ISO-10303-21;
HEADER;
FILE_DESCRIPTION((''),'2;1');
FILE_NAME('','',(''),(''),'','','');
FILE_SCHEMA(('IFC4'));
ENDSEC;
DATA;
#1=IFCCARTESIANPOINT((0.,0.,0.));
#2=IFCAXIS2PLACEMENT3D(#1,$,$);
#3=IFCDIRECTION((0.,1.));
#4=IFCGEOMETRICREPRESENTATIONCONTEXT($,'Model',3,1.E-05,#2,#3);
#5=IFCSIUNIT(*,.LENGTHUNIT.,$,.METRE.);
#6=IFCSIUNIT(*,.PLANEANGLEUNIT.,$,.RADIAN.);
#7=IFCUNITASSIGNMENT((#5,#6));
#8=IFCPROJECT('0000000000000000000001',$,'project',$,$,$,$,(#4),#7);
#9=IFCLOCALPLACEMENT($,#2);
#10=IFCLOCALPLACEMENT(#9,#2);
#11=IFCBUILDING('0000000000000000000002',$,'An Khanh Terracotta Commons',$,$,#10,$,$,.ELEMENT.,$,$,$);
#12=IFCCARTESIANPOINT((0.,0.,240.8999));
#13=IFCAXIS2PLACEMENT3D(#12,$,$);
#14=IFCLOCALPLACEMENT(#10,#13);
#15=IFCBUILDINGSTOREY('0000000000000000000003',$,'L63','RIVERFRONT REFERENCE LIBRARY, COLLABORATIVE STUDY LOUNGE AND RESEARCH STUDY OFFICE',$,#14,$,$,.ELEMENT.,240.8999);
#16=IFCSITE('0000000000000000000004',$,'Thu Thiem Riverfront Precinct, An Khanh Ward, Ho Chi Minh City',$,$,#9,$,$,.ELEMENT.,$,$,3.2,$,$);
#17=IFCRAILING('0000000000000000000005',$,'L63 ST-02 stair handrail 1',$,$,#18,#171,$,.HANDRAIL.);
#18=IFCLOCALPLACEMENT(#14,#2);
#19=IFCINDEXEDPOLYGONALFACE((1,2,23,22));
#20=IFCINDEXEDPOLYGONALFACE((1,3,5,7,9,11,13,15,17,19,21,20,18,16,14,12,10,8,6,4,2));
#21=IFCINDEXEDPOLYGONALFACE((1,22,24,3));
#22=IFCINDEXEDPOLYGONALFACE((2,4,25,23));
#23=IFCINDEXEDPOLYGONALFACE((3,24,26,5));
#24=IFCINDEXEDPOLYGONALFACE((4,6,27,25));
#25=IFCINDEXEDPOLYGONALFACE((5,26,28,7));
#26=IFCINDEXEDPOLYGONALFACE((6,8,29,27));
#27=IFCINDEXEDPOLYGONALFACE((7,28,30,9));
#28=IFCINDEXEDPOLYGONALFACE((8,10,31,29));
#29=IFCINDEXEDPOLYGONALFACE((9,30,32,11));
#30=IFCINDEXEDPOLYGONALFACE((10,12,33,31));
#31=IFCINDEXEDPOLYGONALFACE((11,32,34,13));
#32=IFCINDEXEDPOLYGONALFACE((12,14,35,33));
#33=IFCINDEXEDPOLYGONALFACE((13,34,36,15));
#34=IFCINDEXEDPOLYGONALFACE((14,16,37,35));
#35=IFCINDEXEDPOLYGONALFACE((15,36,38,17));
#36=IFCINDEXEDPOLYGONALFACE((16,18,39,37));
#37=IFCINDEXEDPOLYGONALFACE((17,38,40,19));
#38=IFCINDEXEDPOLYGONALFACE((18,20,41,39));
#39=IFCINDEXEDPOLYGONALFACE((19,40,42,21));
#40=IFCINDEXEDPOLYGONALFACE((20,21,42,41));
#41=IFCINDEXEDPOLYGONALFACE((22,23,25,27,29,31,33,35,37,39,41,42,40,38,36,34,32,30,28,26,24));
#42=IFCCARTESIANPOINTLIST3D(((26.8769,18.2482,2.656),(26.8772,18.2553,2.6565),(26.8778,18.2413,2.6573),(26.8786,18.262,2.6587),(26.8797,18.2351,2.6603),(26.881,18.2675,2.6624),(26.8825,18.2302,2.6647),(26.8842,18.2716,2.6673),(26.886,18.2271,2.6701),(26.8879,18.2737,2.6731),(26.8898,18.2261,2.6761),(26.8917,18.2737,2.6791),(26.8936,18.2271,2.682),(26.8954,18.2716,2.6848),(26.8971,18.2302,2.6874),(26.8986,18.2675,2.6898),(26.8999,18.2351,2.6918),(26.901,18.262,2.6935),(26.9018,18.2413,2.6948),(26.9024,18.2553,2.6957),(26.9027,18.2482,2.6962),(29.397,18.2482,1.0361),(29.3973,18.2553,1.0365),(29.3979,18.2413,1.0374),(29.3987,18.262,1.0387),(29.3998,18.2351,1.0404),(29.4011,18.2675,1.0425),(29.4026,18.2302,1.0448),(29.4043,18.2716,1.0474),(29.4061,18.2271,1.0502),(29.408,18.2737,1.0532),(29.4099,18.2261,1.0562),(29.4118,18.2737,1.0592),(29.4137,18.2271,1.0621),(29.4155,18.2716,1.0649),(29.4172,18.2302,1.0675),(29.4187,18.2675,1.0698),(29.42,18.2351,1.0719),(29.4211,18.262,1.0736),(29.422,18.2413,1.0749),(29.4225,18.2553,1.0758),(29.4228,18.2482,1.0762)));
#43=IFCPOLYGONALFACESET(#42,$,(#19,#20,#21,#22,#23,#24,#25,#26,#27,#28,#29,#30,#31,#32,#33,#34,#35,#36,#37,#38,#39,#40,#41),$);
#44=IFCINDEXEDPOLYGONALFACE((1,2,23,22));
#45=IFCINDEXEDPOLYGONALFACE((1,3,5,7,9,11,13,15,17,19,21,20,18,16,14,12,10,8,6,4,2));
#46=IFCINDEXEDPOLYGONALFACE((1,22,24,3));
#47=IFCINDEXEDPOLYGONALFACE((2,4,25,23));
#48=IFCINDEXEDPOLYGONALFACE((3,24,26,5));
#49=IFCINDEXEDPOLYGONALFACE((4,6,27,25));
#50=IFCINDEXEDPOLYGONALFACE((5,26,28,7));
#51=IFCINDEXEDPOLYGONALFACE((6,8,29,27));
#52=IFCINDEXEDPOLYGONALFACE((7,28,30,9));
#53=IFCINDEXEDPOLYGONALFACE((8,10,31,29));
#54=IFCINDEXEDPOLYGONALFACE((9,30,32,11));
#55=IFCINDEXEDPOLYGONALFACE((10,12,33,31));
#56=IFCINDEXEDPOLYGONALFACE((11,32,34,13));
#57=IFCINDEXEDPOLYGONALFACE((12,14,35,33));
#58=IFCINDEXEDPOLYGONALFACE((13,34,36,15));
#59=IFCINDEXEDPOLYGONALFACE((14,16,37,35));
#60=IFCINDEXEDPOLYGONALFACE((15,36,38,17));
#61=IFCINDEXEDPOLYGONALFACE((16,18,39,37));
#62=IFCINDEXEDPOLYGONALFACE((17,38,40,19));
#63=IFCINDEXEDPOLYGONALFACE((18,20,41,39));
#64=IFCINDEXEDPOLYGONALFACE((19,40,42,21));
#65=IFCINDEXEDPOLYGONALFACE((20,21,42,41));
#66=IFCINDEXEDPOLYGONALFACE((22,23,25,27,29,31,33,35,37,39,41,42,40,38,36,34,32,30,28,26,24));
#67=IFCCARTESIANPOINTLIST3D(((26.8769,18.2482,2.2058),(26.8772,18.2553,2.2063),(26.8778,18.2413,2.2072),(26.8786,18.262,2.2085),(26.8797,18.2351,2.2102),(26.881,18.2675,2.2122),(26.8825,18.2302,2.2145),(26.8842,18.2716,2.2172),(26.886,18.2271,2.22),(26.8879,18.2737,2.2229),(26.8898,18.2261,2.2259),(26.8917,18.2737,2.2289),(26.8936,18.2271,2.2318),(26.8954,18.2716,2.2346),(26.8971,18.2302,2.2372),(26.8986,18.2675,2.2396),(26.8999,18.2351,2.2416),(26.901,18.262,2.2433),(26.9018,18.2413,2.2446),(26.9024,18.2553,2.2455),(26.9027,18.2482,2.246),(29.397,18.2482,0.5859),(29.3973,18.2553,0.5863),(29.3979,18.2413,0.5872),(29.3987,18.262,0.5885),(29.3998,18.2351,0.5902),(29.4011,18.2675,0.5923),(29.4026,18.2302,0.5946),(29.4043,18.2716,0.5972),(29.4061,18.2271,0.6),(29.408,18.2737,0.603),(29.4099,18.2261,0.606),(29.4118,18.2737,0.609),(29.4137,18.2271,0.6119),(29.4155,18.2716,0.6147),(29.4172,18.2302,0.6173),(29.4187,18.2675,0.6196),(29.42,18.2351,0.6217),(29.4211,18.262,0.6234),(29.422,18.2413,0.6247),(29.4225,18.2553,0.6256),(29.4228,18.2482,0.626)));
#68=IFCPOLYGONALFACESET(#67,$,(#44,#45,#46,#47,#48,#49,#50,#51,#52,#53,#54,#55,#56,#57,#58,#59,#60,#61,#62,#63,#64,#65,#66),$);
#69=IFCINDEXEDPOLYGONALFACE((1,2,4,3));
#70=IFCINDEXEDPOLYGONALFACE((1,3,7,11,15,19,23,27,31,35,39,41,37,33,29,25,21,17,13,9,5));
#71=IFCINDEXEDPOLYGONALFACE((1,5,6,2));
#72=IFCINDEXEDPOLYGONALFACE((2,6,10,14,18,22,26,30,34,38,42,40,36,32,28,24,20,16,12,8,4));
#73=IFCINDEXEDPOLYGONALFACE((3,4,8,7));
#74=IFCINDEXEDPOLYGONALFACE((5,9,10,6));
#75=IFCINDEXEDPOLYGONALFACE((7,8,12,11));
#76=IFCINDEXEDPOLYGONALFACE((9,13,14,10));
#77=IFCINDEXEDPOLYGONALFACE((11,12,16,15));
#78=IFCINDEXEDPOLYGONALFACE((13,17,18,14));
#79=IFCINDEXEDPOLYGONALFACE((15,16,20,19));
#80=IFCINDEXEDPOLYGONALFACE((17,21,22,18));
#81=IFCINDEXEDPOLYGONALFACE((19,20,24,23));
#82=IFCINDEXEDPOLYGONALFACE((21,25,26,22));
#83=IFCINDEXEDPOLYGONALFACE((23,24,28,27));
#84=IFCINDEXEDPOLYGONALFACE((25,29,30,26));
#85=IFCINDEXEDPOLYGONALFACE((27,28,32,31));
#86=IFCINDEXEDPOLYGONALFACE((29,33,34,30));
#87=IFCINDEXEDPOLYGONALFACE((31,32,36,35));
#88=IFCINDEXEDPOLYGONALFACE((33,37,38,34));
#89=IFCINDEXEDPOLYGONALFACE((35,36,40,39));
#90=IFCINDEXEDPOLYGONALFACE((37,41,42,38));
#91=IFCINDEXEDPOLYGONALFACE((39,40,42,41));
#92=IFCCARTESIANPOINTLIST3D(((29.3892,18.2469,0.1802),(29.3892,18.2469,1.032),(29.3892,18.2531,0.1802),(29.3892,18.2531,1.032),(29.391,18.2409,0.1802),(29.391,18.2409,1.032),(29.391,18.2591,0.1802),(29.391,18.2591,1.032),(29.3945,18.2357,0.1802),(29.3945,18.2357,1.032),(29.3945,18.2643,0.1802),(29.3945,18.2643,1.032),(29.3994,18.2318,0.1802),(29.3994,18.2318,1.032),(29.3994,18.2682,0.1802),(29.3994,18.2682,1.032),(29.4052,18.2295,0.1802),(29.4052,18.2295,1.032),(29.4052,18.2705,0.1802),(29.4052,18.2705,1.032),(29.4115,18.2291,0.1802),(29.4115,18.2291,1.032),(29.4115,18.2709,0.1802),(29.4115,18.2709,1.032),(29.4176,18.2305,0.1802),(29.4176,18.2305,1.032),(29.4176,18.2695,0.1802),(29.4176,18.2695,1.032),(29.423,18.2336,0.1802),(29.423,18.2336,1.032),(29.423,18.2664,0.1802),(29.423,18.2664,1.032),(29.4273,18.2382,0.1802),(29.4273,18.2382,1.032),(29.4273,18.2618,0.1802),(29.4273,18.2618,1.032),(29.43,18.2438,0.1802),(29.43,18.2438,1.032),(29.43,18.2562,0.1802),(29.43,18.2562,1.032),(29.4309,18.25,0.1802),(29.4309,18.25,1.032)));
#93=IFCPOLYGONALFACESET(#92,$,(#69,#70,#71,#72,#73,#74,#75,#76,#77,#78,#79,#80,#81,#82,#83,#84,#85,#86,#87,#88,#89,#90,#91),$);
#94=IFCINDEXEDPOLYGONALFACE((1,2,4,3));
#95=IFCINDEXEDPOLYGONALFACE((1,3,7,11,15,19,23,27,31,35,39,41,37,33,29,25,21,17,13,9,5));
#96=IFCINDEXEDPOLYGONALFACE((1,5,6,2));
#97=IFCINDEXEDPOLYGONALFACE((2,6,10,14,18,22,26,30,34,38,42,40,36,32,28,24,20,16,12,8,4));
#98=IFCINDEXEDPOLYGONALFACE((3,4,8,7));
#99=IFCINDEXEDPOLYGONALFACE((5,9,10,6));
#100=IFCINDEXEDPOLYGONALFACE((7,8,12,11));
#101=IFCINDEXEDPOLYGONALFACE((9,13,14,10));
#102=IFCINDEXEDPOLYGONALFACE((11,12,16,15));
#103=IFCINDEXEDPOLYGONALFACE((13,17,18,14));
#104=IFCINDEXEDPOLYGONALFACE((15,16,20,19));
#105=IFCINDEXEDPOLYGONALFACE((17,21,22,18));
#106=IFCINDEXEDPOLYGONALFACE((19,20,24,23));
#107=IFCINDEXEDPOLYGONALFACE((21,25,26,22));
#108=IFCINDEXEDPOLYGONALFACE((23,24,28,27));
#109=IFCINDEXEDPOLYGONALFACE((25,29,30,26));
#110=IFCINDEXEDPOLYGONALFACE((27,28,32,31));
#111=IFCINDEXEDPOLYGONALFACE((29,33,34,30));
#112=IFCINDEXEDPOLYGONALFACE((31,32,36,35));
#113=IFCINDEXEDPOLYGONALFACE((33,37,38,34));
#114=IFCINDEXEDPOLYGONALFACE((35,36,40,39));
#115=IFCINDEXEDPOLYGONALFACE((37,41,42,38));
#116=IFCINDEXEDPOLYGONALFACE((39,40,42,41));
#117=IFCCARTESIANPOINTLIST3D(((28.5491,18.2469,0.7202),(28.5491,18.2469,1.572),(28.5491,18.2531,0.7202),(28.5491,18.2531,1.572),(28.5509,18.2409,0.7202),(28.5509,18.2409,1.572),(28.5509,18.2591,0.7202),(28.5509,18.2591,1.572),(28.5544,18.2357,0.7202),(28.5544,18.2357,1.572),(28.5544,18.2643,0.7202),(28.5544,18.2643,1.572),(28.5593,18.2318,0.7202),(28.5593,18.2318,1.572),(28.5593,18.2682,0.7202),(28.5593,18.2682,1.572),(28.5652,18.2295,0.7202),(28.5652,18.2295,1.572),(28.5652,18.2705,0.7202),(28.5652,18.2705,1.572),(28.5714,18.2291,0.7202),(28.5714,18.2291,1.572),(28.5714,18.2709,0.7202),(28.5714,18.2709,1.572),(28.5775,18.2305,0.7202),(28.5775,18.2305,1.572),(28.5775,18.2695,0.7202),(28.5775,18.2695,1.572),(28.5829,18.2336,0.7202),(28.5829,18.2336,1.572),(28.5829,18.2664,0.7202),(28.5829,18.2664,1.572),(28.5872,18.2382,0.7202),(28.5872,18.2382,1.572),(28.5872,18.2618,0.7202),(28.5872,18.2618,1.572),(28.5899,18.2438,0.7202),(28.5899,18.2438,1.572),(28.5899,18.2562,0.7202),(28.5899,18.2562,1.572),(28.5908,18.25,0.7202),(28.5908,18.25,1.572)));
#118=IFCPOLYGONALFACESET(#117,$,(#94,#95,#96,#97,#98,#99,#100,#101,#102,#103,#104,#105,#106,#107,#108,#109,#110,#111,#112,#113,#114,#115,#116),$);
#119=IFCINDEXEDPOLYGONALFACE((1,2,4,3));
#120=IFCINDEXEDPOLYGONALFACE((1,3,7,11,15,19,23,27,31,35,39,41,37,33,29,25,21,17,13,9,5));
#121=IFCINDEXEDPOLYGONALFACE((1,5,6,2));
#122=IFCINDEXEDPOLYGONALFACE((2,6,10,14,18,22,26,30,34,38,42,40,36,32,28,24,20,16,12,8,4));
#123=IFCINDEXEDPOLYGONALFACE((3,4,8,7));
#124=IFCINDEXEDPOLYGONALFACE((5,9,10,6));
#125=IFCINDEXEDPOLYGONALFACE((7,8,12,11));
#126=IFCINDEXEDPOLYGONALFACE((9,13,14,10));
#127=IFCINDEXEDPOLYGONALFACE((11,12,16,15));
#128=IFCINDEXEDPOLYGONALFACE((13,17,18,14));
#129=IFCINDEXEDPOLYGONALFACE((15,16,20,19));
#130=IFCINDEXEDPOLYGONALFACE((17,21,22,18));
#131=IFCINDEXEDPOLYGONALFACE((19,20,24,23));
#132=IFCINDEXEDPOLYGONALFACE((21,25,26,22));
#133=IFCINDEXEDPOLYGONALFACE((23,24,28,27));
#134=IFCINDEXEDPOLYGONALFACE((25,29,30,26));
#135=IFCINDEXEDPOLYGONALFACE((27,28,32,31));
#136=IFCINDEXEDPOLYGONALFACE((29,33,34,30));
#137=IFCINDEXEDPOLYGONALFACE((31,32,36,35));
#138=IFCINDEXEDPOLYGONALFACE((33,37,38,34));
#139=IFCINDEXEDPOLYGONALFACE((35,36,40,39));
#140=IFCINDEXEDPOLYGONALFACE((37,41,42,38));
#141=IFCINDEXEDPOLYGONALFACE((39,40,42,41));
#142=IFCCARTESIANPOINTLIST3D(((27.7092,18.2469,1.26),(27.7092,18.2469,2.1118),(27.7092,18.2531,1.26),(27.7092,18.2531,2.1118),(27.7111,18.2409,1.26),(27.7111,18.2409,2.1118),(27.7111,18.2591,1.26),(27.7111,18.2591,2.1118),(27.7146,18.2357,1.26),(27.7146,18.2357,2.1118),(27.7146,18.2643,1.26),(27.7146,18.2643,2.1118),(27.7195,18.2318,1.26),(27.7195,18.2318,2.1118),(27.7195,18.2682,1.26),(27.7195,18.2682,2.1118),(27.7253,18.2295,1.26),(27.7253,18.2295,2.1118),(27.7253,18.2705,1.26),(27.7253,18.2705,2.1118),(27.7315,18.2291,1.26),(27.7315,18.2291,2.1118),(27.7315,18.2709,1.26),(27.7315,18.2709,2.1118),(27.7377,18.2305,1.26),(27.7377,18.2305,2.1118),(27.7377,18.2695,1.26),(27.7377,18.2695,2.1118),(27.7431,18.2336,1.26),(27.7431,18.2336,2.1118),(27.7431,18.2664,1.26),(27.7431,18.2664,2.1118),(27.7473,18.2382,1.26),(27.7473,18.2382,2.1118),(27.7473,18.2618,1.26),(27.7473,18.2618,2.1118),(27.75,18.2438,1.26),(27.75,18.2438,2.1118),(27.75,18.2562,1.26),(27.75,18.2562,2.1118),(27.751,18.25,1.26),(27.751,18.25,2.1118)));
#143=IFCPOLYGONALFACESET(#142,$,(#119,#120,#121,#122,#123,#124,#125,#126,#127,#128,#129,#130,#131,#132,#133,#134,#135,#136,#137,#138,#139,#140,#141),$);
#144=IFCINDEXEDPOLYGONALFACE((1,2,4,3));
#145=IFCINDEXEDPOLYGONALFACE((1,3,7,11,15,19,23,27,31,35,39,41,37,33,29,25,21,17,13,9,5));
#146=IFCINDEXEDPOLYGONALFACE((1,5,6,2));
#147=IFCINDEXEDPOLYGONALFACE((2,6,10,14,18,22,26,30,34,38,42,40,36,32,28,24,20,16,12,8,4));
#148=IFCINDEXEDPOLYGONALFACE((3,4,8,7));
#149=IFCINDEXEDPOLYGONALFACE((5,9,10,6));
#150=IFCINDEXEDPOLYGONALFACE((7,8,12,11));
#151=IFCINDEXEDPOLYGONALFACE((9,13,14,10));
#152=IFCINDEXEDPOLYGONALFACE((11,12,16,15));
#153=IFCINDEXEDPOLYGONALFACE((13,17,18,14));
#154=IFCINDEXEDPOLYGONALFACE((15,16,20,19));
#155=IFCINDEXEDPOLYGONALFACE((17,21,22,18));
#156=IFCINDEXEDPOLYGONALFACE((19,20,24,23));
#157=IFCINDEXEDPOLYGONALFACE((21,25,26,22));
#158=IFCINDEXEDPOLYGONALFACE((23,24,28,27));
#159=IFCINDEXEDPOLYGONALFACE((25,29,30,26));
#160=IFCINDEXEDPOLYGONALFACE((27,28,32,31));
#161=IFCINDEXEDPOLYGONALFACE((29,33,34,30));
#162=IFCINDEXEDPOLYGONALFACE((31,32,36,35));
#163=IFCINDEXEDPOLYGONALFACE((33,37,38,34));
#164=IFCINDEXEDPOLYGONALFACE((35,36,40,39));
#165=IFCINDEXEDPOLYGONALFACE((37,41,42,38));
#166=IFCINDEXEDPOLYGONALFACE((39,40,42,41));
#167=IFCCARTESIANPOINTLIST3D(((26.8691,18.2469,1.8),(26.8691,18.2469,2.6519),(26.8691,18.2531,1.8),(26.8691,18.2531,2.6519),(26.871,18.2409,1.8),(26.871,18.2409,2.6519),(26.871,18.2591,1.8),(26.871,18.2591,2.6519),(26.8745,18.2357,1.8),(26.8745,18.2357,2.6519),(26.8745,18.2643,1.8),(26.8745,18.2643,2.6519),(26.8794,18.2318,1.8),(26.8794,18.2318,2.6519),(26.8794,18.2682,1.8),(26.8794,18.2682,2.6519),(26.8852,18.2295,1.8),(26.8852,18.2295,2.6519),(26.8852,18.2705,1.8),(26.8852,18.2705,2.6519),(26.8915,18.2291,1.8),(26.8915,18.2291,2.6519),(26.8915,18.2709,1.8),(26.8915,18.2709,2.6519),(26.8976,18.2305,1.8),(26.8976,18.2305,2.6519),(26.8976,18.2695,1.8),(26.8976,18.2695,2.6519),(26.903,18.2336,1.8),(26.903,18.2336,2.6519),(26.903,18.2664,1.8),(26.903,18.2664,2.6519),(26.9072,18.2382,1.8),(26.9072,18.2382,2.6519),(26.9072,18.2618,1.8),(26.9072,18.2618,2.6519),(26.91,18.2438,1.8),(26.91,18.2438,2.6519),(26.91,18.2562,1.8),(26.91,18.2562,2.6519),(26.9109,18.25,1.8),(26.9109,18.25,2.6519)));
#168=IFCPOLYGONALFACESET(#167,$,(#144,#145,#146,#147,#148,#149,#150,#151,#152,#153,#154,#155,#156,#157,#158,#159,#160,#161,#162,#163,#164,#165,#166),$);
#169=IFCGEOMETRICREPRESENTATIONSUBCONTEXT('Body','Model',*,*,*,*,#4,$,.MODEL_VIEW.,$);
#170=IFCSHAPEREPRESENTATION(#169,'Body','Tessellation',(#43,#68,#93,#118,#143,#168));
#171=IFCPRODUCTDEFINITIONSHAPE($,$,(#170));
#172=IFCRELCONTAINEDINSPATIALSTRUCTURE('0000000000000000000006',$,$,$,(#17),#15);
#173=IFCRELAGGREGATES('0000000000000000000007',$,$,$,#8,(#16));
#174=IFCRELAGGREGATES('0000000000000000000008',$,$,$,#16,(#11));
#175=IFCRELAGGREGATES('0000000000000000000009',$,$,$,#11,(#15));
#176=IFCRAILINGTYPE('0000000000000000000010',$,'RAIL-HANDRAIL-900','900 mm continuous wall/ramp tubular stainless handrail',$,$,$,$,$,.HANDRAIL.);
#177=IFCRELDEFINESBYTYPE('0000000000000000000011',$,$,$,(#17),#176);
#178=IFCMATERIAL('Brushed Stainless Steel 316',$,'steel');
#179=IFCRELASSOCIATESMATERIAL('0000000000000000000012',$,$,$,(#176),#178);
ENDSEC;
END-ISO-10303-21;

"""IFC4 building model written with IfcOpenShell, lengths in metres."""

from ifc_helpers import new_model, si_unit, direction, frame, origin, origin_2d, place, context, subcontext, project, spatial, circle, extrude, material, type_object, element, save


model = new_model("IFC4")

# Units and contexts
model_context = context("Model", 3, precision=1e-05, world=origin(), true_north=direction((0.0, 1.0)))
body_context = subcontext(model_context, "Body", "Model", "MODEL_VIEW")
ifc_project = project(units=[si_unit("LENGTHUNIT", "METRE"), si_unit("PLANEANGLEUNIT", "RADIAN")], contexts=[model_context])

# Site, building, storey
site_placement = place(None, origin())
site = spatial("IfcSite", under=ifc_project, at=site_placement, Name="Thu Thiem Riverfront Precinct, An Khanh Ward, Ho Chi Minh City", CompositionType="ELEMENT", RefElevation=3.2)
building_placement = place(site_placement, origin())
building = spatial("IfcBuilding", under=site, at=building_placement, Name="An Khanh Terracotta Commons", CompositionType="ELEMENT")
storey_placement = place(building_placement, frame((0.0, 0.0, 240.8999)))
storey = spatial("IfcBuildingStorey", under=building, at=storey_placement, Name="L63", Description="RIVERFRONT REFERENCE LIBRARY, COLLABORATIVE STUDY LOUNGE AND RESEARCH STUDY OFFICE", CompositionType="ELEMENT", Elevation=240.8999)

# Railing
ifc_material_1 = material(Name="Brushed Stainless Steel 316", Category="steel")
railing_type = type_object("IfcRailingType", Name="RAIL-HANDRAIL-900", Description="900 mm continuous wall/ramp tubular stainless handrail", PredefinedType="HANDRAIL", material=ifc_material_1)
railing_placement = place(storey_placement, frame((29.4099, 18.25, 0.1802)))
element("IfcRailing", 1, at=railing_placement, inside=storey, type_object=railing_type, Name="L63 ST-02 stair handrail 1", PredefinedType="HANDRAIL", context=body_context, shape_type="SweptSolid", body=[
    extrude(circle(Radius=0.0239, at=origin_2d()), frame((0.0, 0.0, 0.876), z_axis=(-0.8412, 0.0, 0.540725), x_axis=(0.0, -1.0, 0.0)), (0.0, 0.0, 1.0), 2.9958),
    extrude(circle(Radius=0.0239, at=origin_2d()), frame((0.0, 0.0, 0.4258), z_axis=(-0.8412, 0.0, 0.540725), x_axis=(0.0, -1.0, 0.0)), (0.0, 0.0, 1.0), 2.9958),
    extrude(circle(Radius=0.021, at=origin_2d()), origin(), (0.0, 0.0, 1.0), 0.8518),
    extrude(circle(Radius=0.021, at=origin_2d()), frame((-0.8401, 0.0, 0.54)), (0.0, 0.0, 1.0), 0.8518),
    extrude(circle(Radius=0.021, at=origin_2d()), frame((-1.6799, 0.0, 1.0798)), (0.0, 0.0, 1.0), 0.8518),
    extrude(circle(Radius=0.021, at=origin_2d()), frame((-2.52, 0.0, 1.6199)), (0.0, 0.0, 1.0), 0.8518),
])

save(model, "model.ifc")
